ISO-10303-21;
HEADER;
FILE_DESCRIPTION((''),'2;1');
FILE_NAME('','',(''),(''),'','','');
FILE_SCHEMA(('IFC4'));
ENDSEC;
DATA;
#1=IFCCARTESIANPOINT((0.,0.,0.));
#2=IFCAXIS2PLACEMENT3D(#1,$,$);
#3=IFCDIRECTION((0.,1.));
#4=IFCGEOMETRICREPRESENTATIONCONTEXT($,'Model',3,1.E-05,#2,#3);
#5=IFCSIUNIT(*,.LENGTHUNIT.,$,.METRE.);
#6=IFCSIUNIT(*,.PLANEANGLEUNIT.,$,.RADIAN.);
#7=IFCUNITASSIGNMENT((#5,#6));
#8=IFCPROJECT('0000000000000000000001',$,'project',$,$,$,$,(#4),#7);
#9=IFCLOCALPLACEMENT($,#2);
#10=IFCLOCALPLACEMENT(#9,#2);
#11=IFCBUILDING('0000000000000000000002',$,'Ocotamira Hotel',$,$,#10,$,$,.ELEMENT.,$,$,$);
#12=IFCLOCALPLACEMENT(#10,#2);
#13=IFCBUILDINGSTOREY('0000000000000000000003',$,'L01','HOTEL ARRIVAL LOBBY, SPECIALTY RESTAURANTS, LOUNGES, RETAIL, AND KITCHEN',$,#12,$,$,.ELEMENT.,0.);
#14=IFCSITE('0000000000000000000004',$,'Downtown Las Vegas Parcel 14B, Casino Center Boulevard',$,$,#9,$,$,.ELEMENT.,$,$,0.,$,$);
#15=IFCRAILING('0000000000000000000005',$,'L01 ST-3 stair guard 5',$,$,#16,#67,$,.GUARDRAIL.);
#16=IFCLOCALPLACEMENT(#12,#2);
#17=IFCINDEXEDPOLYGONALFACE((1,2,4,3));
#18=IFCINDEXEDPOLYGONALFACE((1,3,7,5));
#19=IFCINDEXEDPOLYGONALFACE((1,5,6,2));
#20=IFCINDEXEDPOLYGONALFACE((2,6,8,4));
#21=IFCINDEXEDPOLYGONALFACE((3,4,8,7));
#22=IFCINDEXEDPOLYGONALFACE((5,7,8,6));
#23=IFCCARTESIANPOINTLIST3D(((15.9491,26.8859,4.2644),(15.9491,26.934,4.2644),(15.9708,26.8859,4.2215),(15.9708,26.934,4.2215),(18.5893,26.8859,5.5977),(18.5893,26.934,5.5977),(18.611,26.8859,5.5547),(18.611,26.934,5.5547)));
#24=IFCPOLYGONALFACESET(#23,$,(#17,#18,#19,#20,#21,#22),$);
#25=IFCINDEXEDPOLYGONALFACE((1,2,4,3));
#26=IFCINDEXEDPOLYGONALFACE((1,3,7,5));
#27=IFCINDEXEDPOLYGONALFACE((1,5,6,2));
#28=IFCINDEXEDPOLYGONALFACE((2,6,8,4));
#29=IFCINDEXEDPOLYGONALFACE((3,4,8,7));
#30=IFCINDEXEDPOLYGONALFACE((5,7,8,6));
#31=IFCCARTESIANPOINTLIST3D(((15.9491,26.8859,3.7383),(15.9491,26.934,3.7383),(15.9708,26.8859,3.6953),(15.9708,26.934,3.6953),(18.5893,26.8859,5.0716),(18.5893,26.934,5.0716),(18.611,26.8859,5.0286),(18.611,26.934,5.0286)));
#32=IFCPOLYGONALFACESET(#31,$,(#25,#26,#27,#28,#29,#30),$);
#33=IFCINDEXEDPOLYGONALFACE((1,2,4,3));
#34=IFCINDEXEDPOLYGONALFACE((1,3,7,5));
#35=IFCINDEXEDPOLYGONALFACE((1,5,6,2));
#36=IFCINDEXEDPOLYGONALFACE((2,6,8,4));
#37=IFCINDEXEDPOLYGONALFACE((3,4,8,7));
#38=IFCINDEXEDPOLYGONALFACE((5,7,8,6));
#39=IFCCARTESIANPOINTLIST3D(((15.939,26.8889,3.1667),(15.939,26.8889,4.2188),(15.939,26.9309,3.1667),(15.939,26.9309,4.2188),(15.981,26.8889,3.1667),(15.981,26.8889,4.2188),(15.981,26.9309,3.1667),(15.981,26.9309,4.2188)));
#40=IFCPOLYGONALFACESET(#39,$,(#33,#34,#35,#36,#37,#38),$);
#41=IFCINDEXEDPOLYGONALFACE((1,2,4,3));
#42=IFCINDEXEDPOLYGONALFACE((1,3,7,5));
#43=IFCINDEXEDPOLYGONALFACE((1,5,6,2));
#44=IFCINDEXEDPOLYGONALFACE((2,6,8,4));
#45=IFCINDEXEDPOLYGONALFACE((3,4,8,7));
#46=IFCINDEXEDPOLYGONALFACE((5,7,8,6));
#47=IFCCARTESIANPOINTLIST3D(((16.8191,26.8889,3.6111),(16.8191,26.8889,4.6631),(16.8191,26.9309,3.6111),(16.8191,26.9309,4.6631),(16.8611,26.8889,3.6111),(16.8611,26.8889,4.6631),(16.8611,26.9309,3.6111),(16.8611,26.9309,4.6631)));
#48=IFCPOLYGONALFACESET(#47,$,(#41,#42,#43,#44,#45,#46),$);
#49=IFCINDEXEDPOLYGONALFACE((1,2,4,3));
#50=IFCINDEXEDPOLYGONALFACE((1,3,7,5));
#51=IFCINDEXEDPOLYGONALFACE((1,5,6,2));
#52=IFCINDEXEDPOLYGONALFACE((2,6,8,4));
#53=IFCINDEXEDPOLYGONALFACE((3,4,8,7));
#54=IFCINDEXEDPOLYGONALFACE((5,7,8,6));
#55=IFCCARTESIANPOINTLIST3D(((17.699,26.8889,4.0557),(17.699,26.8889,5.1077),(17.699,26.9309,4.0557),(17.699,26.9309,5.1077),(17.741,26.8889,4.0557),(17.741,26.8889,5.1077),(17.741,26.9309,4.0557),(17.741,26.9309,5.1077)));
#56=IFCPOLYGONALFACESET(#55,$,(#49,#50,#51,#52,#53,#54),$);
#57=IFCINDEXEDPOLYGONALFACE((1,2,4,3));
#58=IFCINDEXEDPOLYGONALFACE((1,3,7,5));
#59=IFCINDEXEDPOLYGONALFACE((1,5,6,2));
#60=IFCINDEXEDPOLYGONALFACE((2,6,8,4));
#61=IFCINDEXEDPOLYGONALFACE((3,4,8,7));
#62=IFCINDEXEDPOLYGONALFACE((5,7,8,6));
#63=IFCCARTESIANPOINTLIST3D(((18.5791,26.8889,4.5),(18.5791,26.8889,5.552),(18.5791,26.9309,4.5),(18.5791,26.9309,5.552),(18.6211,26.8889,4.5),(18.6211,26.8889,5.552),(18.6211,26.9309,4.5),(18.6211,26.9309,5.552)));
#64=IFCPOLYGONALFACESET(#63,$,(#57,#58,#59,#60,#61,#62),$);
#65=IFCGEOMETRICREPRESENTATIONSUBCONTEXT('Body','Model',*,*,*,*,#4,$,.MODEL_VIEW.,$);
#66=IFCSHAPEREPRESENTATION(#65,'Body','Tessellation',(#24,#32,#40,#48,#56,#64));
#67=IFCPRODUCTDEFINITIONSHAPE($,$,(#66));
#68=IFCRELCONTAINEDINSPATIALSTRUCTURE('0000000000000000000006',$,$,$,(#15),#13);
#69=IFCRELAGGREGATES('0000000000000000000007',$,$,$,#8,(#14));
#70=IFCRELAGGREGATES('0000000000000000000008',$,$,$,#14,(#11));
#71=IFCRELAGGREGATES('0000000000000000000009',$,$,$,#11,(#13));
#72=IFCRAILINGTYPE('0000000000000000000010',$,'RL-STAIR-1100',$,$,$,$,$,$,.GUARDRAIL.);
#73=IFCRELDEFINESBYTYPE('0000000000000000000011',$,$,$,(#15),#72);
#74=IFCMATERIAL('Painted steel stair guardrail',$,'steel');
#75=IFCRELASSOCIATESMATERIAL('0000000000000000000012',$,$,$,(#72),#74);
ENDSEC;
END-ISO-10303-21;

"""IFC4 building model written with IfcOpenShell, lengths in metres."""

from ifc_helpers import new_model, si_unit, direction, frame, origin, origin_2d, place, context, subcontext, project, spatial, rectangle, extrude, material, type_object, element, save


model = new_model("IFC4")

# Units and contexts
model_context = context("Model", 3, precision=1e-05, world=origin(), true_north=direction((0.0, 1.0)))
body_context = subcontext(model_context, "Body", "Model", "MODEL_VIEW")
ifc_project = project(units=[si_unit("LENGTHUNIT", "METRE"), si_unit("PLANEANGLEUNIT", "RADIAN")], contexts=[model_context])

# Site, building, storey
site_placement = place(None, origin())
site = spatial("IfcSite", under=ifc_project, at=site_placement, Name="Downtown Las Vegas Parcel 14B, Casino Center Boulevard", CompositionType="ELEMENT", RefElevation=0.0)
building_placement = place(site_placement, origin())
building = spatial("IfcBuilding", under=site, at=building_placement, Name="Ocotamira Hotel", CompositionType="ELEMENT")
storey_placement = place(building_placement, origin())
storey = spatial("IfcBuildingStorey", under=building, at=storey_placement, Name="L01", Description="HOTEL ARRIVAL LOBBY, SPECIALTY RESTAURANTS, LOUNGES, RETAIL, AND KITCHEN", CompositionType="ELEMENT", Elevation=0.0)

# Railing
ifc_material_1 = material(Name="Painted steel stair guardrail", Category="steel")
railing_type_1 = type_object("IfcRailingType", Name="RL-STAIR-1100", PredefinedType="GUARDRAIL", material=ifc_material_1)
for number, where, name in (
    (1, (15.96, 26.9099, 3.1667), "L01 ST-3 stair guard 5"),
):
    element("IfcRailing", number, at=place(storey_placement, frame(where)), inside=storey, type_object=railing_type_1, Name=name, PredefinedType="GUARDRAIL", context=body_context, shape_type="SweptSolid", body=[
        extrude(rectangle(XDim=0.0481, YDim=0.0481, at=origin_2d()), frame((0.0, 0.0, 1.0762), z_axis=(0.892637, 0.0, 0.450776), x_axis=(0.0, 1.0, 0.0)), (0.0, 0.0, 1.0), 2.9578),
        extrude(rectangle(XDim=0.0481, YDim=0.0481, at=origin_2d()), frame((0.0, 0.0, 0.55), z_axis=(0.892637, 0.0, 0.450776), x_axis=(0.0, 1.0, 0.0)), (0.0, 0.0, 1.0), 2.9578),
        extrude(rectangle(XDim=0.042, YDim=0.042, at=origin_2d()), origin(), (0.0, 0.0, 1.0), 1.052),
        extrude(rectangle(XDim=0.042, YDim=0.042, at=origin_2d()), frame((0.8801, 0.0, 0.4443)), (0.0, 0.0, 1.0), 1.052),
        extrude(rectangle(XDim=0.042, YDim=0.042, at=origin_2d()), frame((1.76, 0.0, 0.8889)), (0.0, 0.0, 1.0), 1.052),
        extrude(rectangle(XDim=0.042, YDim=0.042, at=origin_2d()), frame((2.6401, 0.0, 1.3333)), (0.0, 0.0, 1.0), 1.052),
    ])

save(model, "model.ifc")
